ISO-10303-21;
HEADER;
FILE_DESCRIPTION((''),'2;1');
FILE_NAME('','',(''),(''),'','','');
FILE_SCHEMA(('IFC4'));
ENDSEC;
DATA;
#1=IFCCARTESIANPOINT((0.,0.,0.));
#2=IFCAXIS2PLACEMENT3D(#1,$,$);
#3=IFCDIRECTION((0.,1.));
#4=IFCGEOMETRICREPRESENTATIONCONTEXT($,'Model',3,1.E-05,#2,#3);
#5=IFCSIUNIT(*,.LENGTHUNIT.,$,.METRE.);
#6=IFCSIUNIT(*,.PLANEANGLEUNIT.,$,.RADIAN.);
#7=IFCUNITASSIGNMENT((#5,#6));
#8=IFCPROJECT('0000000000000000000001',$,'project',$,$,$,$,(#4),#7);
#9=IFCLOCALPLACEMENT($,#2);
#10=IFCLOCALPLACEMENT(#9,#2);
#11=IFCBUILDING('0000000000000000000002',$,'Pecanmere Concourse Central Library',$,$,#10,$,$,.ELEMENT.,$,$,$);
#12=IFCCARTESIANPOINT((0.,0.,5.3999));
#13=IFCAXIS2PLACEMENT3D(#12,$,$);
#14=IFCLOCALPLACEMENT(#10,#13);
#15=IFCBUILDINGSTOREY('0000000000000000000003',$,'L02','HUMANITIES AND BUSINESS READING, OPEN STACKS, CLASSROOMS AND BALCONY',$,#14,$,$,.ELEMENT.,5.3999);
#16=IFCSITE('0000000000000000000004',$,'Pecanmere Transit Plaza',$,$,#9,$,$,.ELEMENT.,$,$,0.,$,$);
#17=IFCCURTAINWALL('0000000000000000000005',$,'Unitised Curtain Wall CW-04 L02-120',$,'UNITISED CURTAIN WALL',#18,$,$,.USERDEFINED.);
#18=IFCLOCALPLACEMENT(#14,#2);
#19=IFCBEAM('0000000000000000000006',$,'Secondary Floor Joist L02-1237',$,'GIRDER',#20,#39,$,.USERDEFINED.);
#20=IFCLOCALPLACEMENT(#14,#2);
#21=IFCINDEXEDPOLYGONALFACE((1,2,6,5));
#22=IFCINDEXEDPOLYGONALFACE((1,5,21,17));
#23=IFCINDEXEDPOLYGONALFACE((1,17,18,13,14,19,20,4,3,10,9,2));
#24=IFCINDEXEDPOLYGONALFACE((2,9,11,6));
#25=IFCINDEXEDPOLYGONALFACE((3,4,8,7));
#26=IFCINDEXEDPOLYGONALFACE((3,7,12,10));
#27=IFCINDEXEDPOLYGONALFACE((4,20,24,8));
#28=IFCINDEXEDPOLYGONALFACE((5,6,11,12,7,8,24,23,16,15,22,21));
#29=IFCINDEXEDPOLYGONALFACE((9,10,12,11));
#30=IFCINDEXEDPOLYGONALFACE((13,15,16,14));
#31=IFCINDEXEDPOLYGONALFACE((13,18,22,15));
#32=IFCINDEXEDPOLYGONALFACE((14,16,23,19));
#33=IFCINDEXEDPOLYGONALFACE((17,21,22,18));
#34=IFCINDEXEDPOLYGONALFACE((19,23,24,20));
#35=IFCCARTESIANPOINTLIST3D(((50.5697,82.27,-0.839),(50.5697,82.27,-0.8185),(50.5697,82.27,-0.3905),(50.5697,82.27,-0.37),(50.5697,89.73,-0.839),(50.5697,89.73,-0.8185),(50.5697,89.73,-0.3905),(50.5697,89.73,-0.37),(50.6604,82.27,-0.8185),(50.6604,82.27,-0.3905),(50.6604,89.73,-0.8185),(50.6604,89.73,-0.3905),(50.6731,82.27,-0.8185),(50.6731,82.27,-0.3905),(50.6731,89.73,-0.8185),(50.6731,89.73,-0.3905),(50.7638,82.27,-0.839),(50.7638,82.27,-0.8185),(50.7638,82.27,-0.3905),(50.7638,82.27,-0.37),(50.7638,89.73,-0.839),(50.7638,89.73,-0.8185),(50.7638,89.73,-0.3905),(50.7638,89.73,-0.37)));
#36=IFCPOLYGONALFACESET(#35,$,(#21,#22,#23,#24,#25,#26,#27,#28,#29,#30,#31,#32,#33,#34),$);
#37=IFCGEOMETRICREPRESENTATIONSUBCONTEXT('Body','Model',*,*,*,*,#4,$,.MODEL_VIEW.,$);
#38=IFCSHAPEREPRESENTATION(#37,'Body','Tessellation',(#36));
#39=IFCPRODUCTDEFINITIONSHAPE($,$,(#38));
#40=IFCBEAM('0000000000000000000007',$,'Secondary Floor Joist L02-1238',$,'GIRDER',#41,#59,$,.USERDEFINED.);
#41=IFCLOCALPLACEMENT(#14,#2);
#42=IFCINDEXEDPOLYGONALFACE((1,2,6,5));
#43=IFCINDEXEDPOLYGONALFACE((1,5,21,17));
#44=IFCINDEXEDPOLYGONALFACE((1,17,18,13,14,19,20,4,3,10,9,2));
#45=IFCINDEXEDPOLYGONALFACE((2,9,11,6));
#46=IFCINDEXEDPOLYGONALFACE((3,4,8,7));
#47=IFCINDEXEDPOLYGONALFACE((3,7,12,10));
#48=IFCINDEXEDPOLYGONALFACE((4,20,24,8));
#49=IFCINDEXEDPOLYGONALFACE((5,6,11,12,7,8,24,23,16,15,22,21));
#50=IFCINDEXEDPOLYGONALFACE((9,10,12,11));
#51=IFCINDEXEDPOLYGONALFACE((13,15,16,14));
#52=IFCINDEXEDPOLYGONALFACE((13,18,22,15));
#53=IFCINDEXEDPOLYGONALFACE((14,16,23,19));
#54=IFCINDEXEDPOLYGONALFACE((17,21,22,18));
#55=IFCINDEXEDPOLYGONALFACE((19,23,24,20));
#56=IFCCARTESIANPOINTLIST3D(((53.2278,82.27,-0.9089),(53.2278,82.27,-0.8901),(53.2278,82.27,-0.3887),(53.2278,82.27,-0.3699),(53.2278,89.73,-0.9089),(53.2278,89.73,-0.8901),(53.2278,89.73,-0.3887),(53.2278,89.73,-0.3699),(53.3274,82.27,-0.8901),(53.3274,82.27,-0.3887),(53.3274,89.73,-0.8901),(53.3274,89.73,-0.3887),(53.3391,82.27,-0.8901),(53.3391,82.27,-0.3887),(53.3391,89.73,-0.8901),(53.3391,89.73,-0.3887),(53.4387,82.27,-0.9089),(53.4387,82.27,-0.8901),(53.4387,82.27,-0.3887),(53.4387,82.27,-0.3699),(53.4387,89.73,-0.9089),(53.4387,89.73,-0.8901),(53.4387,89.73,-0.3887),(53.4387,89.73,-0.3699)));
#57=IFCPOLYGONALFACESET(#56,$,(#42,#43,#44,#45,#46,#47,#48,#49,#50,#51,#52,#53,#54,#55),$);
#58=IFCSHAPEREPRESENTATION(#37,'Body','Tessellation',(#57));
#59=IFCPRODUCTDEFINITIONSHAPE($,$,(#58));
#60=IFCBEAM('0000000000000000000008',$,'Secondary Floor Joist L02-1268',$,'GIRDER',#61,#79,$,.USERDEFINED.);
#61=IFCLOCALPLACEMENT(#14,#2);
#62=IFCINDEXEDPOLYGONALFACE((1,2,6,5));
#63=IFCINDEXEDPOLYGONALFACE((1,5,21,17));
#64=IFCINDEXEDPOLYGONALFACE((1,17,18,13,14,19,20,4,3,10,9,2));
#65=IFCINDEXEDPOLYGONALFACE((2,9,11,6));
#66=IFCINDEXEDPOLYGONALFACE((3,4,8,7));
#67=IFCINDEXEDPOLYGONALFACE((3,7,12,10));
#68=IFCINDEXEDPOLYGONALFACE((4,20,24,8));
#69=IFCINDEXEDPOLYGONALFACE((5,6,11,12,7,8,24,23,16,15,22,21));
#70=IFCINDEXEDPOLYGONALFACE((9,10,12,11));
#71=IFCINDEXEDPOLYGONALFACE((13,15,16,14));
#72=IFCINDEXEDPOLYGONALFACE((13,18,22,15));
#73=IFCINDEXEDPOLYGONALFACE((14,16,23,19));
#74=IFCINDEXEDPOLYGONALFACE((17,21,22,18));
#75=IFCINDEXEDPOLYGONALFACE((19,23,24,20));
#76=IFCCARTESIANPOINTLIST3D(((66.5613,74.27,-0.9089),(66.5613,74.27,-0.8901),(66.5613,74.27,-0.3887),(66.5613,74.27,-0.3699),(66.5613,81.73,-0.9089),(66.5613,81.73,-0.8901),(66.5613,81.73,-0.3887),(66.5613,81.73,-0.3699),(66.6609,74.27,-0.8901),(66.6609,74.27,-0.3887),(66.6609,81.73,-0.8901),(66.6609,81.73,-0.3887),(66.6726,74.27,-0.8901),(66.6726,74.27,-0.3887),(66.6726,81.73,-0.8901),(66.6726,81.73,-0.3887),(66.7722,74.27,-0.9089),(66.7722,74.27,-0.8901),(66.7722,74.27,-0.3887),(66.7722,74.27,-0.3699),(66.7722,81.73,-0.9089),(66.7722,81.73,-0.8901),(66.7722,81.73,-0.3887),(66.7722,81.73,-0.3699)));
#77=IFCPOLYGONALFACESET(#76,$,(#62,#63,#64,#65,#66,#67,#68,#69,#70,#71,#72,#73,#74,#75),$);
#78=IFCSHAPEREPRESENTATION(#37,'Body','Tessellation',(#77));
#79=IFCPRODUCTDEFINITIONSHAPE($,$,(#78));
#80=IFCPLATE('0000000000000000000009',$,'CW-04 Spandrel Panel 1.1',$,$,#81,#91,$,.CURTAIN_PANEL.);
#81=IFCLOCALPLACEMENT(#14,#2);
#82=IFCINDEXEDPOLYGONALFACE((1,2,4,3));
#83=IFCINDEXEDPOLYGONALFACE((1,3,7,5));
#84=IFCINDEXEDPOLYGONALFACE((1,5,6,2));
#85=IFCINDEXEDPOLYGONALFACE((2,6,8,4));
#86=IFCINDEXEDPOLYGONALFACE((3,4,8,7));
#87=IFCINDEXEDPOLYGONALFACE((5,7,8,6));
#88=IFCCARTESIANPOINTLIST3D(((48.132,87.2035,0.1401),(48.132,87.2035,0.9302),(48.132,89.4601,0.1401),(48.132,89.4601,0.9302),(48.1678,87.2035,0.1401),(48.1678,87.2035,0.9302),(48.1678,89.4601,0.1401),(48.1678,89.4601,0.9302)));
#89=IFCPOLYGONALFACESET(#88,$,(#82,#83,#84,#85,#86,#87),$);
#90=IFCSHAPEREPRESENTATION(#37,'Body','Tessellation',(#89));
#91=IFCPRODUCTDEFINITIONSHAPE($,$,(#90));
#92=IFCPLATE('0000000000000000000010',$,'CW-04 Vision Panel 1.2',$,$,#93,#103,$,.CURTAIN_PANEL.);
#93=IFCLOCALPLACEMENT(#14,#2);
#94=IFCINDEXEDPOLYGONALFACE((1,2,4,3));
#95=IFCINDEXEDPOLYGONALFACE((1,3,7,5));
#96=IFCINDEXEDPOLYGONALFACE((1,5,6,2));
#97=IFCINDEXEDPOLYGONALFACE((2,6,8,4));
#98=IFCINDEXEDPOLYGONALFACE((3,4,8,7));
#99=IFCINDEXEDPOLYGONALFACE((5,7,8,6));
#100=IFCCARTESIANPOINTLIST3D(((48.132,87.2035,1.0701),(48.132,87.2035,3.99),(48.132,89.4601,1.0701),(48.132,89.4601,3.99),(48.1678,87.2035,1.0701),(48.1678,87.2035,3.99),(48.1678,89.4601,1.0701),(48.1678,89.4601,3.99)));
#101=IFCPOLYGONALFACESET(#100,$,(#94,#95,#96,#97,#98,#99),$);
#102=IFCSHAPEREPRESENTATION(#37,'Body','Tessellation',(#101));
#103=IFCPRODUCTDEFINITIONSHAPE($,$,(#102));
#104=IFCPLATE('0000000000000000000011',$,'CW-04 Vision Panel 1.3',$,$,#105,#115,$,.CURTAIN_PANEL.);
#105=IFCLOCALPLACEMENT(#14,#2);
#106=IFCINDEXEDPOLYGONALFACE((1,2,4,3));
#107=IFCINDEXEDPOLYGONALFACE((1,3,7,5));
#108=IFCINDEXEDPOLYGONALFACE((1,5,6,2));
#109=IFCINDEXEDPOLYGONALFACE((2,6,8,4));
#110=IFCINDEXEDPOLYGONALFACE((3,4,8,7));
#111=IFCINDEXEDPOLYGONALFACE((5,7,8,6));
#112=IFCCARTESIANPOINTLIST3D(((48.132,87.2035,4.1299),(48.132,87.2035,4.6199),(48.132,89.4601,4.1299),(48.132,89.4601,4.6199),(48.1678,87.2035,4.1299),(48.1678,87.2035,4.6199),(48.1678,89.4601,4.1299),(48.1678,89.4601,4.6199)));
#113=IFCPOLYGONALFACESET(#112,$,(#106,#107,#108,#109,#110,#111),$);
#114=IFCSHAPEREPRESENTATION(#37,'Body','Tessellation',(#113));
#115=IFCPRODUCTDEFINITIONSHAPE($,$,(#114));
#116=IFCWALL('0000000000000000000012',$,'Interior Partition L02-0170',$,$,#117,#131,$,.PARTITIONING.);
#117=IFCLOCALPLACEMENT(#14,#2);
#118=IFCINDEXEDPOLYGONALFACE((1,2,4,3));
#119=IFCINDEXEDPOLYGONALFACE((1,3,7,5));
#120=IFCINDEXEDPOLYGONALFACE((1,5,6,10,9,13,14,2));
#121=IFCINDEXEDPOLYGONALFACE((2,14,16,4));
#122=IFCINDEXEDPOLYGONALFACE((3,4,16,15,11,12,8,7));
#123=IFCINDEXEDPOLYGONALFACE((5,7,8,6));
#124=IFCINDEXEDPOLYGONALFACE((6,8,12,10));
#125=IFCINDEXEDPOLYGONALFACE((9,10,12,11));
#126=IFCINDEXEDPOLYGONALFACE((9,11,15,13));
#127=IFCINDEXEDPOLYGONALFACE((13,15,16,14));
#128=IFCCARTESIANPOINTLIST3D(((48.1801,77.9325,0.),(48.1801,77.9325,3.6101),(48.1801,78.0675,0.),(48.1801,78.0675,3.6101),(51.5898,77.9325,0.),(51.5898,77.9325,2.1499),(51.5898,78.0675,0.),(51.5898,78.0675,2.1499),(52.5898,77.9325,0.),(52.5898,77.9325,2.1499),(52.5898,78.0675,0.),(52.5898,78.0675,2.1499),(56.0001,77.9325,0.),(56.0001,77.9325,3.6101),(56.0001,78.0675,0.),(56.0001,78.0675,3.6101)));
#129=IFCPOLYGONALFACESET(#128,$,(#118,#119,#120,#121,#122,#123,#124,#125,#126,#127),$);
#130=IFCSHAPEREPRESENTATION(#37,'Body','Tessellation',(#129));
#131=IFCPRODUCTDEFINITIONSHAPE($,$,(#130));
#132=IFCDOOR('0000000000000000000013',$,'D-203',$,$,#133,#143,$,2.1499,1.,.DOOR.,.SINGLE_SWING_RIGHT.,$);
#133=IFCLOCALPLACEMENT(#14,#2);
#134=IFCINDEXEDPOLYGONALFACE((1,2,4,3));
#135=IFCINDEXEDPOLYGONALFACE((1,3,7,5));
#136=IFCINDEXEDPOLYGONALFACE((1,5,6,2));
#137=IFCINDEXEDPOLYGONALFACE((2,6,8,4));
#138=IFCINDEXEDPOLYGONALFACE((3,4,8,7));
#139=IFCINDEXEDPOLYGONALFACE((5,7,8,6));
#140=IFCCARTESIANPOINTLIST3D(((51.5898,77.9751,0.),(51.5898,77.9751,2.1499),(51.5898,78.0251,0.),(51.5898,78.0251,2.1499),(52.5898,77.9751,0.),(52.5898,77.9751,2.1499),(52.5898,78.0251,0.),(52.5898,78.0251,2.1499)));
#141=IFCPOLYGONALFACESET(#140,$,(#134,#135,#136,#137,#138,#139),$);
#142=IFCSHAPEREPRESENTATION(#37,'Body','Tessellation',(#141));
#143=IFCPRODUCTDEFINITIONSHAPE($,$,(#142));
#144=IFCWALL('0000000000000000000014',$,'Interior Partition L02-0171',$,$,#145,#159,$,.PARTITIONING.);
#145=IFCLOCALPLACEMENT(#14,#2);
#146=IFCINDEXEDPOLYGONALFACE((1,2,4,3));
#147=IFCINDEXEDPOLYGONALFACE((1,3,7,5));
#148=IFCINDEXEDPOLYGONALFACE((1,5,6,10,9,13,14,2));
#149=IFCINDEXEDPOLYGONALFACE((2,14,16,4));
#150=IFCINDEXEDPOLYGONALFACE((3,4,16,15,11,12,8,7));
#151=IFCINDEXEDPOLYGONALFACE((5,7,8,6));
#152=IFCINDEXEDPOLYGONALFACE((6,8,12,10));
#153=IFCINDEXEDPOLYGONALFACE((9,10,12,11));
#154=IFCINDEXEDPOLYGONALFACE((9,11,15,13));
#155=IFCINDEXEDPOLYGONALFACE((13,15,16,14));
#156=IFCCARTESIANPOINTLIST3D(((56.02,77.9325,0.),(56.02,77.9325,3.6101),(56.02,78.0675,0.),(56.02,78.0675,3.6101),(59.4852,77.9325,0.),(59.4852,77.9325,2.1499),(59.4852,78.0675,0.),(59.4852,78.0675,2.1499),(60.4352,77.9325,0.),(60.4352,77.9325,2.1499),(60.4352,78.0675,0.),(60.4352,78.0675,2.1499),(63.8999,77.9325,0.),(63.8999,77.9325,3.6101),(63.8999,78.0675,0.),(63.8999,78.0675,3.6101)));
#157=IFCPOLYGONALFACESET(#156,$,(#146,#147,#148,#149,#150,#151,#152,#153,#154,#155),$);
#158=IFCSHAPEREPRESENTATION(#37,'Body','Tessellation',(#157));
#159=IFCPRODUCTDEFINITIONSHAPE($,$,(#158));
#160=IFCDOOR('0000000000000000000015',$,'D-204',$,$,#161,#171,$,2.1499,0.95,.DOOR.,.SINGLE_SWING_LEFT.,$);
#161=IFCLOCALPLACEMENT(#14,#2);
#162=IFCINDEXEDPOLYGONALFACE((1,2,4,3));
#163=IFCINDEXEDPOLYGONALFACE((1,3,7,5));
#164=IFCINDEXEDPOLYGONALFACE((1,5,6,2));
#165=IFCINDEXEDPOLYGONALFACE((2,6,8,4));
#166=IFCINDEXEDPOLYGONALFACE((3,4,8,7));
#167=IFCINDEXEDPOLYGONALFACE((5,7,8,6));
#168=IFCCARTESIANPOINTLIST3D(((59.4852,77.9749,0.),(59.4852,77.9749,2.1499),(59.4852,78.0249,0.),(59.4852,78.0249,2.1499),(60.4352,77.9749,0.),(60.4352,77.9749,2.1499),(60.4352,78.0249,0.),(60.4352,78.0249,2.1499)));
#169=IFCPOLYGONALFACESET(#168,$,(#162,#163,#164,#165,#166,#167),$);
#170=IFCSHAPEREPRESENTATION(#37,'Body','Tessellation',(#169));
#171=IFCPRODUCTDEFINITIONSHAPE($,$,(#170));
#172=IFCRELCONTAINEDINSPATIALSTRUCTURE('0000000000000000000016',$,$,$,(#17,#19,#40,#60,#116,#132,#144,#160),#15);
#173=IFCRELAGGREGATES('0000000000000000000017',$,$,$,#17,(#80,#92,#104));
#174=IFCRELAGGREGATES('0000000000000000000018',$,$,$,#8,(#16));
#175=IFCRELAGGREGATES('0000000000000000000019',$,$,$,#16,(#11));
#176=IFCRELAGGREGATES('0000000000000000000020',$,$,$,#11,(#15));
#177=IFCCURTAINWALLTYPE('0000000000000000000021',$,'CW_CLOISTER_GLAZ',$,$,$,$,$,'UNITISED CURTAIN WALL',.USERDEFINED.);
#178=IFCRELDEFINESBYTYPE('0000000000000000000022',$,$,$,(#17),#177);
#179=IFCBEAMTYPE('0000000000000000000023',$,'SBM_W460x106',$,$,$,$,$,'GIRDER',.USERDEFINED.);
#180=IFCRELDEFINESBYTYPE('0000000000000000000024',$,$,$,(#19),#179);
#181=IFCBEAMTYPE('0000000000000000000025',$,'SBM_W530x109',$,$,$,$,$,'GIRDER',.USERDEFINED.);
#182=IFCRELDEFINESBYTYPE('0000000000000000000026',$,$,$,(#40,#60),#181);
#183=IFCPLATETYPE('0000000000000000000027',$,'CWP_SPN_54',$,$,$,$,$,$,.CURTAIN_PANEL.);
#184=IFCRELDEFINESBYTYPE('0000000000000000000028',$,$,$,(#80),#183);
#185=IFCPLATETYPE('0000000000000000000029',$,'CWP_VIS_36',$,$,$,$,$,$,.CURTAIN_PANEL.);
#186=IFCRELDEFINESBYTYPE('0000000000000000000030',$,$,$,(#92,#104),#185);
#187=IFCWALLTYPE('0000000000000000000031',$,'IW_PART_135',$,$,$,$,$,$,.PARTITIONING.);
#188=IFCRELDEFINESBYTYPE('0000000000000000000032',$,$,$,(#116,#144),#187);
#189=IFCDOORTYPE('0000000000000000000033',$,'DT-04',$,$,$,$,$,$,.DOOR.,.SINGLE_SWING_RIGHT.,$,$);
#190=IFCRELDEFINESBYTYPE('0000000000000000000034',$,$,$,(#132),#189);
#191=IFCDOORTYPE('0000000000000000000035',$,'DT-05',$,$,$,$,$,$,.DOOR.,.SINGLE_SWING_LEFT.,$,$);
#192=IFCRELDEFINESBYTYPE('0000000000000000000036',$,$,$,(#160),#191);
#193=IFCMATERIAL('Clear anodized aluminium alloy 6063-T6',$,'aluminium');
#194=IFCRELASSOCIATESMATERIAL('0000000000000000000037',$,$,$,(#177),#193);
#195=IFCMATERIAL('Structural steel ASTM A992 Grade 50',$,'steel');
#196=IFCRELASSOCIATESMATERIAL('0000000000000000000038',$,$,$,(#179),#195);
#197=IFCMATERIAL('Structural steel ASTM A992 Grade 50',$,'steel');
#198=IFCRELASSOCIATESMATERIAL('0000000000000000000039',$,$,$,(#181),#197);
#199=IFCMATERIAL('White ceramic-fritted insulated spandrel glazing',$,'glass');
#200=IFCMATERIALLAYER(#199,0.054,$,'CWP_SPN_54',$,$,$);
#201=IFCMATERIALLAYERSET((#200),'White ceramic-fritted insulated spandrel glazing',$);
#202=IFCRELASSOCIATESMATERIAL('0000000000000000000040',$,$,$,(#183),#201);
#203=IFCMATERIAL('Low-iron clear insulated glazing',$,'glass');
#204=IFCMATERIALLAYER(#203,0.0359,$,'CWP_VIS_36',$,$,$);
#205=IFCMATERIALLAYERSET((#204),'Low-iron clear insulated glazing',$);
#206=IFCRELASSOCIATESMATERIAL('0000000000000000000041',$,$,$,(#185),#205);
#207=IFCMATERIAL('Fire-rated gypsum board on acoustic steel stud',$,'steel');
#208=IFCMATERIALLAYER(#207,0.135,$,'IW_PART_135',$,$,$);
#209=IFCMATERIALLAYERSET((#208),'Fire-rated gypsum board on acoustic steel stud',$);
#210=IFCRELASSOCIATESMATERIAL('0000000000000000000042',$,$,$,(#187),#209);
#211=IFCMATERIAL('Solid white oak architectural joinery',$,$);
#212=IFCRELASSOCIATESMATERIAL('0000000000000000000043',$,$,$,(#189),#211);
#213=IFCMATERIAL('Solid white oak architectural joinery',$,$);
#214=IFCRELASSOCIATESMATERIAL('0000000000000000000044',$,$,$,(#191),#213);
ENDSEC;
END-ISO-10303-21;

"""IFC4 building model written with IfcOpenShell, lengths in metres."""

from ifc_helpers import new_model, si_unit, direction, frame, frame_2d, origin, origin_2d, place, context, subcontext, project, spatial, rectangle, i_section, extrude, material, layer, layer_set, material_profile, profile_set, type_object, element, fill, aggregate, save


model = new_model("IFC4")

# Units and contexts
model_context = context("Model", 3, precision=1e-05, world=origin(), true_north=direction((0.0, 1.0)))
body_context = subcontext(model_context, "Body", "Model", "MODEL_VIEW")
ifc_project = project(units=[si_unit("LENGTHUNIT", "METRE"), si_unit("PLANEANGLEUNIT", "RADIAN")], contexts=[model_context])

# Site, building, storey
site_placement = place(None, origin())
site = spatial("IfcSite", under=ifc_project, at=site_placement, Name="Pecanmere Transit Plaza", CompositionType="ELEMENT", RefElevation=0.0)
building_placement = place(site_placement, origin())
building = spatial("IfcBuilding", under=site, at=building_placement, Name="Pecanmere Concourse Central Library", CompositionType="ELEMENT")
storey_placement = place(building_placement, frame((0.0, 0.0, 5.3999)))
storey = spatial("IfcBuildingStorey", under=building, at=storey_placement, Name="L02", Description="HUMANITIES AND BUSINESS READING, OPEN STACKS, CLASSROOMS AND BALCONY", CompositionType="ELEMENT", Elevation=5.3999)

# Curtain wall
ifc_material_1 = material(Name="Clear anodized aluminium alloy 6063-T6", Category="aluminium")
curtain_wall_type = type_object("IfcCurtainWallType", Name="CW_CLOISTER_GLAZ", ElementType="UNITISED CURTAIN WALL", PredefinedType="USERDEFINED", material=ifc_material_1)
curtain_wall_placement = place(storey_placement, origin())
curtain_wall = element("IfcCurtainWall", 1, at=curtain_wall_placement, inside=storey, type_object=curtain_wall_type, Name="Unitised Curtain Wall CW-04 L02-120", ObjectType="UNITISED CURTAIN WALL", PredefinedType="USERDEFINED")

# Beams
ifc_material_2 = material(Name="Structural steel ASTM A992 Grade 50", Category="steel")
ifc_material_profile_1 = material_profile(ifc_material_2, i_section(OverallWidth=0.1941, OverallDepth=0.469, WebThickness=0.0127, FlangeThickness=0.0205, at=origin_2d()), Name="W460x106")
ifc_profile_set_1 = profile_set([ifc_material_profile_1], Name="Structural steel ASTM A992 Grade 50")
beam_type_1 = type_object("IfcBeamType", Name="SBM_W460x106", ElementType="GIRDER", PredefinedType="USERDEFINED", material=ifc_profile_set_1)
beam_1_placement = place(storey_placement, frame((50.6667, 82.27, -0.6045), z_axis=(0.0, 1.0, 0.0), x_axis=(-1.0, 0.0, 0.0)))
element("IfcBeam", 2, at=beam_1_placement, inside=storey, type_object=beam_type_1, Name="Secondary Floor Joist L02-1237", ObjectType="GIRDER", PredefinedType="USERDEFINED", context=body_context, shape_type="SweptSolid", body=[
    extrude(i_section(OverallWidth=0.1941, OverallDepth=0.469, WebThickness=0.0127, FlangeThickness=0.0205, at=origin_2d()), origin(), (0.0, 0.0, 1.0), 7.46),
])
ifc_material_3 = material(Name="Structural steel ASTM A992 Grade 50", Category="steel")
ifc_material_profile_2 = material_profile(ifc_material_3, i_section(OverallWidth=0.2109, OverallDepth=0.5391, WebThickness=0.0117, FlangeThickness=0.0188, at=origin_2d()), Name="W530x109")
ifc_profile_set_2 = profile_set([ifc_material_profile_2], Name="Structural steel ASTM A992 Grade 50")
beam_type_2 = type_object("IfcBeamType", Name="SBM_W530x109", ElementType="GIRDER", PredefinedType="USERDEFINED", material=ifc_profile_set_2)
for number, where, z_axis, x_axis, name in (
    (3, (53.3333, 82.27, -0.6394), (0.0, 1.0, 0.0), (-1.0, 0.0, 0.0), "Secondary Floor Joist L02-1238"),
    (4, (66.6667, 74.27, -0.6394), (0.0, 1.0, 0.0), (-1.0, 0.0, 0.0), "Secondary Floor Joist L02-1268"),
):
    element("IfcBeam", number, at=place(storey_placement, frame(where, z_axis=z_axis, x_axis=x_axis)), inside=storey, type_object=beam_type_2, Name=name, ObjectType="GIRDER", PredefinedType="USERDEFINED", context=body_context, shape_type="SweptSolid", body=[
        extrude(i_section(OverallWidth=0.2109, OverallDepth=0.5391, WebThickness=0.0117, FlangeThickness=0.0188, at=origin_2d()), origin(), (0.0, 0.0, 1.0), 7.46),
    ])

# Plates
ifc_material_4 = material(Name="White ceramic-fritted insulated spandrel glazing", Category="glass")
ifc_layer_1 = layer(ifc_material_4, 0.054, Name="CWP_SPN_54")
ifc_layer_set_1 = layer_set([ifc_layer_1], Name="White ceramic-fritted insulated spandrel glazing")
plate_type_1 = type_object("IfcPlateType", Name="CWP_SPN_54", PredefinedType="CURTAIN_PANEL", material=ifc_layer_set_1)
plate_1_placement = place(storey_placement, frame((48.1499, 88.3318, 0.1401), z_axis=(0.0, 0.0, 1.0), x_axis=(0.0, -1.0, 0.0)))
plate_1 = element("IfcPlate", 5, at=plate_1_placement, type_object=plate_type_1, Name="CW-04 Spandrel Panel 1.1", PredefinedType="CURTAIN_PANEL", context=body_context, shape_type="SweptSolid", body=[
    extrude(rectangle(XDim=2.2566, YDim=0.0359, at=origin_2d()), origin(), (0.0, 0.0, 1.0), 0.79),
])
ifc_material_5 = material(Name="Low-iron clear insulated glazing", Category="glass")
ifc_layer_2 = layer(ifc_material_5, 0.0359, Name="CWP_VIS_36")
ifc_layer_set_2 = layer_set([ifc_layer_2], Name="Low-iron clear insulated glazing")
plate_type_2 = type_object("IfcPlateType", Name="CWP_VIS_36", PredefinedType="CURTAIN_PANEL", material=ifc_layer_set_2)
plate_2_placement = place(storey_placement, frame((48.1499, 88.3318, 1.0701), z_axis=(0.0, 0.0, 1.0), x_axis=(0.0, -1.0, 0.0)))
plate_2 = element("IfcPlate", 6, at=plate_2_placement, type_object=plate_type_2, Name="CW-04 Vision Panel 1.2", PredefinedType="CURTAIN_PANEL", context=body_context, shape_type="SweptSolid", body=[
    extrude(rectangle(XDim=2.2566, YDim=0.0359, at=origin_2d()), origin(), (0.0, 0.0, 1.0), 2.9199),
])
plate_3_placement = place(storey_placement, frame((48.1499, 88.3318, 4.1299), z_axis=(0.0, 0.0, 1.0), x_axis=(0.0, -1.0, 0.0)))
plate_3 = element("IfcPlate", 7, at=plate_3_placement, type_object=plate_type_2, Name="CW-04 Vision Panel 1.3", PredefinedType="CURTAIN_PANEL", context=body_context, shape_type="SweptSolid", body=[
    extrude(rectangle(XDim=2.2566, YDim=0.0359, at=origin_2d()), origin(), (0.0, 0.0, 1.0), 0.49),
])
aggregate(curtain_wall, [plate_1, plate_2, plate_3])

# Walls, openings, doors
ifc_material_6 = material(Name="Fire-rated gypsum board on acoustic steel stud", Category="steel")
ifc_layer_3 = layer(ifc_material_6, 0.135, Name="IW_PART_135")
ifc_layer_set_3 = layer_set([ifc_layer_3], Name="Fire-rated gypsum board on acoustic steel stud")
wall_type_1 = type_object("IfcWallType", Name="IW_PART_135", PredefinedType="PARTITIONING", material=ifc_layer_set_3)
wall_1_placement = place(storey_placement, frame((48.1799, 78.0, 0.0), z_axis=(0.0, 0.0, 1.0), x_axis=(1.0, 0.0, 0.0)))
wall_1 = element("IfcWall", 8, at=wall_1_placement, inside=storey, type_object=wall_type_1, Name="Interior Partition L02-0170", PredefinedType="PARTITIONING", context=body_context, shape_type="SweptSolid", body=[
    extrude(rectangle(XDim=7.8201, YDim=0.135, at=frame_2d((3.9102, 0.0))), origin(), (0.0, 0.0, 1.0), 3.6101),
])
opening_1_placement = place(wall_1_placement, frame((3.4099, 0.0, 0.0)))
opening_1 = element("IfcOpeningElement", 9, at=opening_1_placement, cuts=wall_1, PredefinedType="OPENING", context=body_context, shape_type="SweptSolid", body=[
    extrude(rectangle(XDim=1.0, YDim=2.1499, at=frame_2d((0.5, 1.075))), frame((0.0, 0.0796, 0.0), z_axis=(0.0, -1.0, 0.0), x_axis=(1.0, 0.0, 0.0)), (0.0, 0.0, 1.0), 0.1589),
])
ifc_material_7 = material(Name="Solid white oak architectural joinery")
door_type_1 = type_object("IfcDoorType", Name="DT-04", OperationType="SINGLE_SWING_RIGHT", PredefinedType="DOOR", material=ifc_material_7)
door_1_placement = place(opening_1_placement, frame((1.0, 0.0, 0.0), z_axis=(0.0, 0.0, 1.0), x_axis=(-1.0, 0.0, 0.0)))
door_1 = element("IfcDoor", 10, at=door_1_placement, inside=storey, type_object=door_type_1, Name="D-203", OperationType="SINGLE_SWING_RIGHT", OverallHeight=2.1499, OverallWidth=1.0, PredefinedType="DOOR", context=body_context, shape_type="SweptSolid", body=[
    extrude(rectangle(XDim=1.0, YDim=2.1499, at=frame_2d((0.5, 1.075))), frame((0.0, 0.0249, 0.0), z_axis=(0.0, -1.0, 0.0), x_axis=(1.0, 0.0, 0.0)), (0.0, 0.0, 1.0), 0.05),
])
fill(opening_1, door_1)
wall_2_placement = place(storey_placement, frame((56.02, 78.0, 0.0), z_axis=(0.0, 0.0, 1.0), x_axis=(1.0, 0.0, 0.0)))
wall_2 = element("IfcWall", 11, at=wall_2_placement, inside=storey, type_object=wall_type_1, Name="Interior Partition L02-0171", PredefinedType="PARTITIONING", context=body_context, shape_type="SweptSolid", body=[
    extrude(rectangle(XDim=7.8799, YDim=0.135, at=frame_2d((3.9399, 0.0))), origin(), (0.0, 0.0, 1.0), 3.6101),
])
opening_2_placement = place(wall_2_placement, frame((3.4651, 0.0, 0.0)))
opening_2 = element("IfcOpeningElement", 12, at=opening_2_placement, cuts=wall_2, PredefinedType="OPENING", context=body_context, shape_type="SweptSolid", body=[
    extrude(rectangle(XDim=0.95, YDim=2.1499, at=frame_2d((0.4751, 1.075))), frame((0.0, 0.0796, 0.0), z_axis=(0.0, -1.0, 0.0), x_axis=(1.0, 0.0, 0.0)), (0.0, 0.0, 1.0), 0.1589),
])
ifc_material_8 = material(Name="Solid white oak architectural joinery")
door_type_2 = type_object("IfcDoorType", Name="DT-05", OperationType="SINGLE_SWING_LEFT", PredefinedType="DOOR", material=ifc_material_8)
door_2_placement = place(opening_2_placement, origin())
door_2 = element("IfcDoor", 13, at=door_2_placement, inside=storey, type_object=door_type_2, Name="D-204", OperationType="SINGLE_SWING_LEFT", OverallHeight=2.1499, OverallWidth=0.95, PredefinedType="DOOR", context=body_context, shape_type="SweptSolid", body=[
    extrude(rectangle(XDim=0.95, YDim=2.1499, at=frame_2d((0.4751, 1.075))), frame((0.0, 0.0249, 0.0), z_axis=(0.0, -1.0, 0.0), x_axis=(1.0, 0.0, 0.0)), (0.0, 0.0, 1.0), 0.05),
])
fill(opening_2, door_2)

save(model, "model.ifc")
